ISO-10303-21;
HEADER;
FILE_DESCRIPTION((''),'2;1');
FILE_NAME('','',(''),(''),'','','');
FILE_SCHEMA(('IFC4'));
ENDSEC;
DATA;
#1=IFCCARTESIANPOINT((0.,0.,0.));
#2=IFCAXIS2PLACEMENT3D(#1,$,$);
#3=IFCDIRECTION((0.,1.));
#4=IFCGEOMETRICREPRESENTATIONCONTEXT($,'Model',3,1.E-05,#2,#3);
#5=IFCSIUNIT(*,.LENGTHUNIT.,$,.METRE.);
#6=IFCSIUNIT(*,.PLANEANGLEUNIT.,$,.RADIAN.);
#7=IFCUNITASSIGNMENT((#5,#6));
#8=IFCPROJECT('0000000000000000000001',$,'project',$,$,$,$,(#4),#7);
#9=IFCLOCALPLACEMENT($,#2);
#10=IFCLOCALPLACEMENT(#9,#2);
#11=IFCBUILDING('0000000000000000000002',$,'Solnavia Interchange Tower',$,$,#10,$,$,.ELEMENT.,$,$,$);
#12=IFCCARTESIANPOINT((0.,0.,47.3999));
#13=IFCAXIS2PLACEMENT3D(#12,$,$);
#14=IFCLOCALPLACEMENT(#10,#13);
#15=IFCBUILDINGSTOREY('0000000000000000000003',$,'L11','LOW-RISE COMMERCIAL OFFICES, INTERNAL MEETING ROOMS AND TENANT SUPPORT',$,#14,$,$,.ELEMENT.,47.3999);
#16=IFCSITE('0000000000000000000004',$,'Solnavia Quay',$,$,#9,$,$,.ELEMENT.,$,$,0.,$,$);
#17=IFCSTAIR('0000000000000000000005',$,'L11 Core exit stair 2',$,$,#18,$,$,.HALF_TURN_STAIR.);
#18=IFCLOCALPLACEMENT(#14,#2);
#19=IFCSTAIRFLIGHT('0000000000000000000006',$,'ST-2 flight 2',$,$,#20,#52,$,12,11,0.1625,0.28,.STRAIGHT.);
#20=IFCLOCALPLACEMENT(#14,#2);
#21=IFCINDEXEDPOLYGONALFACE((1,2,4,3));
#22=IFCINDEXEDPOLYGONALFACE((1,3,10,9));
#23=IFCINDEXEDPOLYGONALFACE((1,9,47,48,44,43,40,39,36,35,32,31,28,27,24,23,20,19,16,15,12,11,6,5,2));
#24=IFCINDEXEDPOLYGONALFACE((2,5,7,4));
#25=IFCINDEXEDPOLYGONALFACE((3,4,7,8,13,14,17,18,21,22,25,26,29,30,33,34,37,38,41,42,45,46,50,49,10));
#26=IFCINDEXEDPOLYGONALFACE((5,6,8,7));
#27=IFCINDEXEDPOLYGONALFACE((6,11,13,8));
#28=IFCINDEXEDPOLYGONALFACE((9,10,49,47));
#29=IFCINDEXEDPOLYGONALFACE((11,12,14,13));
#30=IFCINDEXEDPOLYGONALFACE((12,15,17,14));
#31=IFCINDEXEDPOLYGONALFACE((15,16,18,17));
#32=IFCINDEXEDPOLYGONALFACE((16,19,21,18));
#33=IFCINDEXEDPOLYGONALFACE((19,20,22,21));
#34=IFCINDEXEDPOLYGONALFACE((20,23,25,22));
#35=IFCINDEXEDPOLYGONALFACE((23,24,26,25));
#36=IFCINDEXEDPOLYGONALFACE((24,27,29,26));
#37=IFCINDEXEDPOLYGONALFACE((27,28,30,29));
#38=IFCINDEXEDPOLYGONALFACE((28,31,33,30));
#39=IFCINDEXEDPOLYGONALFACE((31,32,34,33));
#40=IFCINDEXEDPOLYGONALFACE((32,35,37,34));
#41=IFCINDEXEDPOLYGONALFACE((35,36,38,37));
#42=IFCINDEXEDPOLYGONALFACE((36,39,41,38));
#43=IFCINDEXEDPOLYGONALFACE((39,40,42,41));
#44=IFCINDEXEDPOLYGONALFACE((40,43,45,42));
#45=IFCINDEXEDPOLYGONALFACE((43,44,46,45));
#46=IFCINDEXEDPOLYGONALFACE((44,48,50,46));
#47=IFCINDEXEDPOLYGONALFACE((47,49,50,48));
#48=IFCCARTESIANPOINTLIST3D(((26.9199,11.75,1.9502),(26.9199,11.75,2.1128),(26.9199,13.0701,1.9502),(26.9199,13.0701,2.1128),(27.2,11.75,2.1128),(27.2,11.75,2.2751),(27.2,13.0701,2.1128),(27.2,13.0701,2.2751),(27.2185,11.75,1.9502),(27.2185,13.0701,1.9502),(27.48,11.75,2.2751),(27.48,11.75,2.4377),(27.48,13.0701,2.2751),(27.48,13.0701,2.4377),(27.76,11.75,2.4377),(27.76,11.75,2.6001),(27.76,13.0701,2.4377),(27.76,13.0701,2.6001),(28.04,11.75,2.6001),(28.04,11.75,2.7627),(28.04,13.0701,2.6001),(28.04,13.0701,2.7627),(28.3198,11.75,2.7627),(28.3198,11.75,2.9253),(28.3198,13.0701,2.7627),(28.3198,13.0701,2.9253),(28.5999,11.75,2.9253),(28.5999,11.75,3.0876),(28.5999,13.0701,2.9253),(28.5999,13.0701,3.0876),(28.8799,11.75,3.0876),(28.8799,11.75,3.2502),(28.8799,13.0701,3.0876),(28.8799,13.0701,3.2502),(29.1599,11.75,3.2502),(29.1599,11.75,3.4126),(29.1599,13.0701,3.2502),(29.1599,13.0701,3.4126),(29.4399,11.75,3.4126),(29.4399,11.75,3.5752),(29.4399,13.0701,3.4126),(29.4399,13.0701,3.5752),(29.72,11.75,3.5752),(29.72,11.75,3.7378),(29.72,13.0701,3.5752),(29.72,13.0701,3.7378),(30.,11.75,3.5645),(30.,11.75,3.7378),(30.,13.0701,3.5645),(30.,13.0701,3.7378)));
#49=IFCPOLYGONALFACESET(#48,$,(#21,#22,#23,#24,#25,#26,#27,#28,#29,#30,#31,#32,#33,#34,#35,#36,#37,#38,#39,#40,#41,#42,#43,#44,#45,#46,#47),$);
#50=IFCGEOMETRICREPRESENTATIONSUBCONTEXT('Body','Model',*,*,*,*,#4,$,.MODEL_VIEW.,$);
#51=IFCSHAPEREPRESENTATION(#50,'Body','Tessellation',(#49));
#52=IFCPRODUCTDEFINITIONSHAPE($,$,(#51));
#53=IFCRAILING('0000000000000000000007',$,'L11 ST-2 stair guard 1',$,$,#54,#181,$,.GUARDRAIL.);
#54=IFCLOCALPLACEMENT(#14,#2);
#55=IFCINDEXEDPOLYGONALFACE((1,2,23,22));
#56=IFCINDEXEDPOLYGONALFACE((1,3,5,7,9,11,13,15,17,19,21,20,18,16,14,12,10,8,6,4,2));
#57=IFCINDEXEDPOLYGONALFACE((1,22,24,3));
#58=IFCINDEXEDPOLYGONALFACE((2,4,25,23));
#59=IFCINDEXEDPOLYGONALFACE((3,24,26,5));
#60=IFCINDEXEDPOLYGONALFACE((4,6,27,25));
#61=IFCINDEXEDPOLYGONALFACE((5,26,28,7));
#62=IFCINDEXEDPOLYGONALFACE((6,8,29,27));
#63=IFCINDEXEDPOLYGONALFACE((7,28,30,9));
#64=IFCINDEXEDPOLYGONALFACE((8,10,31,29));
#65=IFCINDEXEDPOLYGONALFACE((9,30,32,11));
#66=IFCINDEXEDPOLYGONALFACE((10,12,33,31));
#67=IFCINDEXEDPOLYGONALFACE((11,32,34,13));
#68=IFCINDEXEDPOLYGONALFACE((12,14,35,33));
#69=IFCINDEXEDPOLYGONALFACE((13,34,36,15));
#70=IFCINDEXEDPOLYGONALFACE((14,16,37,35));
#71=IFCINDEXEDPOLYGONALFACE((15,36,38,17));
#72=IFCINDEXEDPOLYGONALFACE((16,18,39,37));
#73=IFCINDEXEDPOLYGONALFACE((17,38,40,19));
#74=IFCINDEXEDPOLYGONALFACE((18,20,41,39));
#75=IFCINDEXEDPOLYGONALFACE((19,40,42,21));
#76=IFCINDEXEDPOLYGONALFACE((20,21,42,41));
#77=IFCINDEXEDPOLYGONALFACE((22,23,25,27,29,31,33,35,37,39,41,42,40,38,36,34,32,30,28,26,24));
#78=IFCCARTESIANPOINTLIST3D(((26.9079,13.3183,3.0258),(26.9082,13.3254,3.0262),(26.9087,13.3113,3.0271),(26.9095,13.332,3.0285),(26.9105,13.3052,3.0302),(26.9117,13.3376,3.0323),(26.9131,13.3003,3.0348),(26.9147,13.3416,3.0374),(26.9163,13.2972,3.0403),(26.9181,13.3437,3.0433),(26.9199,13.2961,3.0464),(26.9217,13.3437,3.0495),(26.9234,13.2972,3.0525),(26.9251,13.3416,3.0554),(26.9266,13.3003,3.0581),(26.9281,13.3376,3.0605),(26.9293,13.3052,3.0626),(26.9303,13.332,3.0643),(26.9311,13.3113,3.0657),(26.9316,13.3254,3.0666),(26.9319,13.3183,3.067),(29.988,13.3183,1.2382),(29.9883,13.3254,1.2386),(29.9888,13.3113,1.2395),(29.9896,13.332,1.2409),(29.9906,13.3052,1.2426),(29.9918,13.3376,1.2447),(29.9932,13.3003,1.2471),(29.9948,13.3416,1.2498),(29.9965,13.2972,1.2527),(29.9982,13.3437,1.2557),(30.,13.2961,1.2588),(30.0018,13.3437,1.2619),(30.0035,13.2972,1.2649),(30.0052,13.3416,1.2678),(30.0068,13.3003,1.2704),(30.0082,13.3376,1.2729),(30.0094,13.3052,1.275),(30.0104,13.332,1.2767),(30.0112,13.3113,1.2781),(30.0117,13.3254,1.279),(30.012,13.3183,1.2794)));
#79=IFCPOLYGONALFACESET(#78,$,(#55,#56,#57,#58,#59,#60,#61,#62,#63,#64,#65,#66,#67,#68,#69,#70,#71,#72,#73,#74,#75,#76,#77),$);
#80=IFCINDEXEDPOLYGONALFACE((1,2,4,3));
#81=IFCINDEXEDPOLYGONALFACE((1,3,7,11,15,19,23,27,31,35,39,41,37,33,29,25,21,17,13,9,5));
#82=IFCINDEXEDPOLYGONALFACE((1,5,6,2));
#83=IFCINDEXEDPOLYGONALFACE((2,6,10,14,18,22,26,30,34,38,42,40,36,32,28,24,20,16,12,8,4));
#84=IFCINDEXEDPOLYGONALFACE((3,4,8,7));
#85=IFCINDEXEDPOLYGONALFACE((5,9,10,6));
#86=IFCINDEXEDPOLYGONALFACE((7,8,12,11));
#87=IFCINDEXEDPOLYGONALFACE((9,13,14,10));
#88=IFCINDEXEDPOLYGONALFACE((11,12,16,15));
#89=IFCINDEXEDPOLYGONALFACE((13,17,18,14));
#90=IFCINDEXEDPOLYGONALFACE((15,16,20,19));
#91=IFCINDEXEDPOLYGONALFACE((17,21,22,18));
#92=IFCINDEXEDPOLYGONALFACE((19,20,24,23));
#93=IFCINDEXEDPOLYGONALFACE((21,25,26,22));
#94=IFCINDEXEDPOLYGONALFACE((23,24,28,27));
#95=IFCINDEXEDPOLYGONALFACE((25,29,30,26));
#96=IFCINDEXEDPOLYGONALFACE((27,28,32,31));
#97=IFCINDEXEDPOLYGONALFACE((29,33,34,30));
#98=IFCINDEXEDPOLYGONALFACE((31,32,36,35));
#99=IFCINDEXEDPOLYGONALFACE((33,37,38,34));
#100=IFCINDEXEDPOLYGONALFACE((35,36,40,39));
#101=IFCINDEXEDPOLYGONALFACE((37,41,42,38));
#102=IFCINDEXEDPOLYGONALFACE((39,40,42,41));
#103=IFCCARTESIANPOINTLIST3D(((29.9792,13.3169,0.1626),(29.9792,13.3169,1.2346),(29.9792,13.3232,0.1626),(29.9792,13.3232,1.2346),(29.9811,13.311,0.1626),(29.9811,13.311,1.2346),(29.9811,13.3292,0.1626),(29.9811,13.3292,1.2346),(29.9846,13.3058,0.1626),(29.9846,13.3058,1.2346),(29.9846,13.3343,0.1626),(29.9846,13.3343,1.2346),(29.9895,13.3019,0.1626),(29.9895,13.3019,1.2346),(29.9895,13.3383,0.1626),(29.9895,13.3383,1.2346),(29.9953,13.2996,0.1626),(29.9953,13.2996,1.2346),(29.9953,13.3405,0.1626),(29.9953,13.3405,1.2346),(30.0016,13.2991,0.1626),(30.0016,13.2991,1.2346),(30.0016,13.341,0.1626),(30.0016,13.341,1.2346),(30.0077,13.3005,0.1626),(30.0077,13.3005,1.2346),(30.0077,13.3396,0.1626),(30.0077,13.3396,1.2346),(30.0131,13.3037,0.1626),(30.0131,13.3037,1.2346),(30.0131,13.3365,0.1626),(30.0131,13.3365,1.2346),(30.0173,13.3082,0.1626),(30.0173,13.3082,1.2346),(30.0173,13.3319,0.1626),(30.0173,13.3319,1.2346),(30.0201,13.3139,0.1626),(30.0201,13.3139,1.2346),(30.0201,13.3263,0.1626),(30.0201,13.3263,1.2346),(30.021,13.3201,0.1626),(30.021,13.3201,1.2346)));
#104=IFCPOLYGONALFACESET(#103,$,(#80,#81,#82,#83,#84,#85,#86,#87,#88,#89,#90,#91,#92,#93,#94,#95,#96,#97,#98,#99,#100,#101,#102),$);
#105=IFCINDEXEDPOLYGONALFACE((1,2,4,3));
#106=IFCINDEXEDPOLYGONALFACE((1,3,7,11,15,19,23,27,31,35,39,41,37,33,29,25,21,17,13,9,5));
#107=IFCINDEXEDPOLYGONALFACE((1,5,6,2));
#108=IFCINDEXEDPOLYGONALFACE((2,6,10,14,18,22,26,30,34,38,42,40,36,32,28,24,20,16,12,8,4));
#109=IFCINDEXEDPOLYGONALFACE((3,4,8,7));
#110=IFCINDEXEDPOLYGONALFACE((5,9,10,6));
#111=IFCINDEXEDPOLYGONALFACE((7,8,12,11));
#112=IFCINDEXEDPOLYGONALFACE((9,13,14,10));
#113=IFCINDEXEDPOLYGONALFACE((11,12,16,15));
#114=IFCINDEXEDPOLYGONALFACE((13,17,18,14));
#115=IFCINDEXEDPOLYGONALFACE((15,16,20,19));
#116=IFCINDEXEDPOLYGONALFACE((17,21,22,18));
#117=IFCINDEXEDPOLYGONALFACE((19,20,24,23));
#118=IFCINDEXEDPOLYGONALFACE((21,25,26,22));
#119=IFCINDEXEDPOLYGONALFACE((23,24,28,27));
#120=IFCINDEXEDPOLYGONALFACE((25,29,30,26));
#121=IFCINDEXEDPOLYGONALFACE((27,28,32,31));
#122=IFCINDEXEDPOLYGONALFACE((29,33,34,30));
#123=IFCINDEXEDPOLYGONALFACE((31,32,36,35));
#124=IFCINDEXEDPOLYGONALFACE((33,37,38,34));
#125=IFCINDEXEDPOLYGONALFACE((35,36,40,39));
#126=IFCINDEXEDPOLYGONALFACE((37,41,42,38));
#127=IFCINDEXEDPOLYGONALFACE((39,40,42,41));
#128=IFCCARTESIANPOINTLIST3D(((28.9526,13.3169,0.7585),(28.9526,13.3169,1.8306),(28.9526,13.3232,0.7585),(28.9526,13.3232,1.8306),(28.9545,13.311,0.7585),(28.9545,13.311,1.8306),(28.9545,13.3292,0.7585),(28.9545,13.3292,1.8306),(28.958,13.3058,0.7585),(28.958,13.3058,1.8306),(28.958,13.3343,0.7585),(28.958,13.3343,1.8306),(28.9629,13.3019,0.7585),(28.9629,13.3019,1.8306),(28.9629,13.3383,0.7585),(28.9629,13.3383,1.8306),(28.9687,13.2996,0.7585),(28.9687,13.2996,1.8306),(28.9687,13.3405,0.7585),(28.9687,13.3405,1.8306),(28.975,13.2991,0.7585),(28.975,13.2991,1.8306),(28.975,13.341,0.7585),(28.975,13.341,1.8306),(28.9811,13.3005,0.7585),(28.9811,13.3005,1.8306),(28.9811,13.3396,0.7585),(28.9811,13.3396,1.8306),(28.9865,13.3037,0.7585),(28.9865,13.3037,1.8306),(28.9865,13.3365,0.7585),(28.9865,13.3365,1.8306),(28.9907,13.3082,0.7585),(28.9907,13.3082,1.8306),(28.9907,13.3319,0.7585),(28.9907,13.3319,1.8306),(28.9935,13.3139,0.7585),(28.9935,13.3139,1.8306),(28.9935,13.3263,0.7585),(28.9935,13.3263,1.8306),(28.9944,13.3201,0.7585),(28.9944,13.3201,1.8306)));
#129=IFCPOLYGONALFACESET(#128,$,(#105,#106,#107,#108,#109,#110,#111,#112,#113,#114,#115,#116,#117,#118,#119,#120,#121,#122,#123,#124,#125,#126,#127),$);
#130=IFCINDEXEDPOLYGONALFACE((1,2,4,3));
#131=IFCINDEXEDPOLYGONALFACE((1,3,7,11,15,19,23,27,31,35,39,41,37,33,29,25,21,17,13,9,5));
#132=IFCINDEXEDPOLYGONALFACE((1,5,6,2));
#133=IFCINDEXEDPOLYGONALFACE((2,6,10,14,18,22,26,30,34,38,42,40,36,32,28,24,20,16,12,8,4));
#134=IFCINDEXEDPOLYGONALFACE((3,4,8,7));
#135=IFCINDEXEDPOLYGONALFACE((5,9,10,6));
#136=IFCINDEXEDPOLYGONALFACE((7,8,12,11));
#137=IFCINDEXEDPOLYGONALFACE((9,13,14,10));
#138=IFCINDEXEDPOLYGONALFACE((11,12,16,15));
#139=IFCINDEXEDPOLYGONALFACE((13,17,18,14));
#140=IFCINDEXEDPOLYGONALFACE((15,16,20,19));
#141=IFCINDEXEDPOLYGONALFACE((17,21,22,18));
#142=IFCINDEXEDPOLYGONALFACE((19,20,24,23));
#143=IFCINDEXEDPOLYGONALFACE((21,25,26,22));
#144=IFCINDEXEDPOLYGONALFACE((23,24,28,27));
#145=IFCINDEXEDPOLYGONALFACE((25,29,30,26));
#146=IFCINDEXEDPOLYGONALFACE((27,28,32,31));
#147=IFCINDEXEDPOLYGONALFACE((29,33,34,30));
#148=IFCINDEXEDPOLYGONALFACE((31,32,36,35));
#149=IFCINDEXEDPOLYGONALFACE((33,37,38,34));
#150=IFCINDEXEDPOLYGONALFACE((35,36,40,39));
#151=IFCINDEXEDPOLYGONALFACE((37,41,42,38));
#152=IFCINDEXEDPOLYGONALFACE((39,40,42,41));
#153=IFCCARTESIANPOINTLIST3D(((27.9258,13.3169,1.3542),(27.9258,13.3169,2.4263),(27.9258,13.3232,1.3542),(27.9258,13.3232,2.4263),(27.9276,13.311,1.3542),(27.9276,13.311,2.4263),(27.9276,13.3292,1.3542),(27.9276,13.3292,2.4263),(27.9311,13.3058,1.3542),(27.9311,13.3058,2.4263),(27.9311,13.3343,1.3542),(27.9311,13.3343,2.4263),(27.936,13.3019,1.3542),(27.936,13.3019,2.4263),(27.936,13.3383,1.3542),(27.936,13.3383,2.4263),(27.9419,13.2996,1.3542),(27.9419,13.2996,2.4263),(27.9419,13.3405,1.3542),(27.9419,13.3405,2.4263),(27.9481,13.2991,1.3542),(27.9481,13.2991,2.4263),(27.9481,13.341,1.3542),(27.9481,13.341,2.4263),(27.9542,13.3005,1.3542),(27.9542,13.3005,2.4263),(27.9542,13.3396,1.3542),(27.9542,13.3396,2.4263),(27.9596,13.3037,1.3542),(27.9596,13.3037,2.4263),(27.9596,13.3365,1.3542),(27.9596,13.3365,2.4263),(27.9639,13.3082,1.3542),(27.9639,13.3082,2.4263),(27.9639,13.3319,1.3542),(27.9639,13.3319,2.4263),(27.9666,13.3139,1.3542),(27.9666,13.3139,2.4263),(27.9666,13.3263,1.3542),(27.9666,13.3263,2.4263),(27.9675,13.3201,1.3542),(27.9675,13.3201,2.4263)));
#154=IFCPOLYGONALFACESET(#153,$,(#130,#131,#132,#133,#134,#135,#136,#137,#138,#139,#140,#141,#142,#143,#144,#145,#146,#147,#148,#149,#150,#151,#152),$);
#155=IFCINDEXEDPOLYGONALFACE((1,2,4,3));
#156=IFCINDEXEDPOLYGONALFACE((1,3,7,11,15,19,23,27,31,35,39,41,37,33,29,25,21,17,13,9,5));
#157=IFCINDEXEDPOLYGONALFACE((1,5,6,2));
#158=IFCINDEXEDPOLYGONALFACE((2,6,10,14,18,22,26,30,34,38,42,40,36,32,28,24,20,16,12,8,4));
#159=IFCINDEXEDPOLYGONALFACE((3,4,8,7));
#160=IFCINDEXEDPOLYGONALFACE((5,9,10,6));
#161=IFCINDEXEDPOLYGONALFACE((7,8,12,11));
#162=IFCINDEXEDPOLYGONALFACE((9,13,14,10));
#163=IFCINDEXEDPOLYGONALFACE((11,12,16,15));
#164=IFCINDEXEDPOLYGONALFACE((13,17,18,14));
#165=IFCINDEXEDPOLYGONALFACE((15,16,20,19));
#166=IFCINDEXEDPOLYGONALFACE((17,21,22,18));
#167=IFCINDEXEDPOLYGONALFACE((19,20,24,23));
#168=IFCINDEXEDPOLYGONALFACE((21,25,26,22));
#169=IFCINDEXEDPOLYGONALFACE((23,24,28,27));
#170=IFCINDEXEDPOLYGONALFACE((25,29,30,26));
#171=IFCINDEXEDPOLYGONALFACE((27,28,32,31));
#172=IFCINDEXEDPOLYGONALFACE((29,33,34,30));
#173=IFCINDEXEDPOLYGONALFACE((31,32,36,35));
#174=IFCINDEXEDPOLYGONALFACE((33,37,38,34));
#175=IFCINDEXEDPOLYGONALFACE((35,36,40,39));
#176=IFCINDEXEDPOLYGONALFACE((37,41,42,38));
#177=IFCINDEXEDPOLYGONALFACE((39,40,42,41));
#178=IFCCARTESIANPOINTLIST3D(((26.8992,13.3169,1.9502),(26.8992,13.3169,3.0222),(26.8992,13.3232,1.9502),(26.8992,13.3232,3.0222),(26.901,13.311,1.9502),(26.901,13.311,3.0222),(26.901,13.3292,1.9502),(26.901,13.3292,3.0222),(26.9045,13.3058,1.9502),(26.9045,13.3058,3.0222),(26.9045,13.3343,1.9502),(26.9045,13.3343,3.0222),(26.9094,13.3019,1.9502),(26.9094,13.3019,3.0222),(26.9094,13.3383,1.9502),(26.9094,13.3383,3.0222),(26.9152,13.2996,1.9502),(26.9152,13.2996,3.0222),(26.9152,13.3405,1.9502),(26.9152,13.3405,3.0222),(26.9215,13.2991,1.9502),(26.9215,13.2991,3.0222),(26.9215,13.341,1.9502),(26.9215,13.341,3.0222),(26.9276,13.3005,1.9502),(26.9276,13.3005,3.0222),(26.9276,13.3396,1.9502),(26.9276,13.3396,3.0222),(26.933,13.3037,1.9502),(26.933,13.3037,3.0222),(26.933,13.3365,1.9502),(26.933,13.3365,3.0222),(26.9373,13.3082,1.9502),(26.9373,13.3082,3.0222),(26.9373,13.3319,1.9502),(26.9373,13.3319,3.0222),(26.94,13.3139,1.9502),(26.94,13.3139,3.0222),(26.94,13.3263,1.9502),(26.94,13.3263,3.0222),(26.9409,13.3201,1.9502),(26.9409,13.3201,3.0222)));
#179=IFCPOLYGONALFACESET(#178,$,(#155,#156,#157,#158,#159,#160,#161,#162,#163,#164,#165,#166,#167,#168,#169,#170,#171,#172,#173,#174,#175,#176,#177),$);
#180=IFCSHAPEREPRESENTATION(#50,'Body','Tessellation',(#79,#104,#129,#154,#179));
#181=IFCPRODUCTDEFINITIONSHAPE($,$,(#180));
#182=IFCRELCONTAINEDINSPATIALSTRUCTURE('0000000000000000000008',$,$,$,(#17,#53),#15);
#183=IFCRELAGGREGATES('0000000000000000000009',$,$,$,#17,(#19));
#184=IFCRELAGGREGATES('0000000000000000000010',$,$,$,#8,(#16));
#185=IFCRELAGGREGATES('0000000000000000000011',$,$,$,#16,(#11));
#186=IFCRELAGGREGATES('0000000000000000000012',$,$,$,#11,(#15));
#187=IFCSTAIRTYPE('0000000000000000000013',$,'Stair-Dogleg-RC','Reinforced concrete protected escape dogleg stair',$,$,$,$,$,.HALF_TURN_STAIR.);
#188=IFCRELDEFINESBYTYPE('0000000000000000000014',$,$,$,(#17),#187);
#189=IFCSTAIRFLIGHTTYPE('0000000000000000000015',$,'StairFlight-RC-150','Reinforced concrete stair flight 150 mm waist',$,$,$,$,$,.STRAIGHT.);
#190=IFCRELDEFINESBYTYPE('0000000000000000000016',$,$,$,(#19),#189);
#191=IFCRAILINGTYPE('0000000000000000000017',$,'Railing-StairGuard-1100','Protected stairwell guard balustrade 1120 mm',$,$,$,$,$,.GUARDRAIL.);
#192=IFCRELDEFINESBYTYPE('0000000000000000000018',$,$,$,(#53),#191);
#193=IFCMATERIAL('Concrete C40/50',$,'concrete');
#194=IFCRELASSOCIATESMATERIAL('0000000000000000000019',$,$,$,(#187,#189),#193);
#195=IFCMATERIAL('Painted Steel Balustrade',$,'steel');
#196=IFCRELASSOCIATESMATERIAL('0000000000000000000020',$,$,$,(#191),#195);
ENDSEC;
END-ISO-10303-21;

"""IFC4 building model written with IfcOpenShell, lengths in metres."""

from ifc_helpers import new_model, si_unit, direction, frame, origin, origin_2d, place, context, subcontext, project, spatial, polyline, circle, outline, extrude, material, type_object, element, aggregate, save


model = new_model("IFC4")

# Units and contexts
model_context = context("Model", 3, precision=1e-05, world=origin(), true_north=direction((0.0, 1.0)))
body_context = subcontext(model_context, "Body", "Model", "MODEL_VIEW")
ifc_project = project(units=[si_unit("LENGTHUNIT", "METRE"), si_unit("PLANEANGLEUNIT", "RADIAN")], contexts=[model_context])

# Site, building, storey
site_placement = place(None, origin())
site = spatial("IfcSite", under=ifc_project, at=site_placement, Name="Solnavia Quay", CompositionType="ELEMENT", RefElevation=0.0)
building_placement = place(site_placement, origin())
building = spatial("IfcBuilding", under=site, at=building_placement, Name="Solnavia Interchange Tower", CompositionType="ELEMENT")
storey_placement = place(building_placement, frame((0.0, 0.0, 47.3999)))
storey = spatial("IfcBuildingStorey", under=building, at=storey_placement, Name="L11", Description="LOW-RISE COMMERCIAL OFFICES, INTERNAL MEETING ROOMS AND TENANT SUPPORT", CompositionType="ELEMENT", Elevation=47.3999)

# Shared definitions
ifc_material_1 = material(Name="Concrete C40/50", Category="concrete")

# Stair, stair flight
stair_type = type_object("IfcStairType", Name="Stair-Dogleg-RC", Description="Reinforced concrete protected escape dogleg stair", PredefinedType="HALF_TURN_STAIR", material=ifc_material_1)
stair_placement = place(storey_placement, origin())
stair = element("IfcStair", 1, at=stair_placement, inside=storey, type_object=stair_type, Name="L11 Core exit stair 2", PredefinedType="HALF_TURN_STAIR")
stair_flight_type = type_object("IfcStairFlightType", Name="StairFlight-RC-150", Description="Reinforced concrete stair flight 150 mm waist", PredefinedType="STRAIGHT", material=ifc_material_1)
stair_flight_1_placement = place(storey_placement, frame((26.9199, 12.4099, 1.9502), z_axis=(0.0, 0.0, 1.0), x_axis=(1.0, 0.0, 0.0)))
stair_flight_1 = element("IfcStairFlight", 2, at=stair_flight_1_placement, type_object=stair_flight_type, Name="ST-2 flight 2", NumberOfRisers=12, NumberOfTreads=11, PredefinedType="STRAIGHT", RiserHeight=0.1625, TreadLength=0.28, context=body_context, shape_type="SweptSolid", body=[
    extrude(outline(polyline([(0.0, 0.0), (0.0, 0.1626), (0.28, 0.1626), (0.28, 0.325), (0.5601, 0.325), (0.5601, 0.4875), (0.8401, 0.4875), (0.8401, 0.6499), (1.1201, 0.6499), (1.1201, 0.8125), (1.3999, 0.8125), (1.3999, 0.9751), (1.6799, 0.9751), (1.6799, 1.1375), (1.96, 1.1375), (1.96, 1.3), (2.24, 1.3), (2.24, 1.4624), (2.52, 1.4624), (2.52, 1.625), (2.8, 1.625), (2.8, 1.7876), (3.0801, 1.7876), (3.0801, 1.95), (3.0801, 1.6143), (0.2986, 0.0), (0.0, 0.0)])), frame((0.0, 0.6602, 0.0), z_axis=(0.0, -1.0, 0.0), x_axis=(1.0, 0.0, 0.0)), (0.0, 0.0, 1.0), 1.3201),
])
aggregate(stair, [stair_flight_1])

# Railing
ifc_material_2 = material(Name="Painted Steel Balustrade", Category="steel")
railing_type_1 = type_object("IfcRailingType", Name="Railing-StairGuard-1100", Description="Protected stairwell guard balustrade 1120 mm", PredefinedType="GUARDRAIL", material=ifc_material_2)
railing_1_placement = place(storey_placement, frame((30.0, 13.3201, 0.1626)))
element("IfcRailing", 3, at=railing_1_placement, inside=storey, type_object=railing_type_1, Name="L11 ST-2 stair guard 1", PredefinedType="GUARDRAIL", context=body_context, shape_type="SweptSolid", body=[
    extrude(circle(Radius=0.0239, at=origin_2d()), frame((0.0, 0.0, 1.0962), z_axis=(-0.864891, 0.0, 0.50196), x_axis=(0.0, -1.0, 0.0)), (0.0, 0.0, 1.0), 3.5613),
    extrude(circle(Radius=0.021, at=origin_2d()), origin(), (0.0, 0.0, 1.0), 1.072),
    extrude(circle(Radius=0.021, at=origin_2d()), frame((-1.0266, 0.0, 0.5959)), (0.0, 0.0, 1.0), 1.072),
    extrude(circle(Radius=0.021, at=origin_2d()), frame((-2.0535, 0.0, 1.1917)), (0.0, 0.0, 1.0), 1.072),
    extrude(circle(Radius=0.021, at=origin_2d()), frame((-3.0801, 0.0, 1.7876)), (0.0, 0.0, 1.0), 1.072),
])

save(model, "model.ifc")
